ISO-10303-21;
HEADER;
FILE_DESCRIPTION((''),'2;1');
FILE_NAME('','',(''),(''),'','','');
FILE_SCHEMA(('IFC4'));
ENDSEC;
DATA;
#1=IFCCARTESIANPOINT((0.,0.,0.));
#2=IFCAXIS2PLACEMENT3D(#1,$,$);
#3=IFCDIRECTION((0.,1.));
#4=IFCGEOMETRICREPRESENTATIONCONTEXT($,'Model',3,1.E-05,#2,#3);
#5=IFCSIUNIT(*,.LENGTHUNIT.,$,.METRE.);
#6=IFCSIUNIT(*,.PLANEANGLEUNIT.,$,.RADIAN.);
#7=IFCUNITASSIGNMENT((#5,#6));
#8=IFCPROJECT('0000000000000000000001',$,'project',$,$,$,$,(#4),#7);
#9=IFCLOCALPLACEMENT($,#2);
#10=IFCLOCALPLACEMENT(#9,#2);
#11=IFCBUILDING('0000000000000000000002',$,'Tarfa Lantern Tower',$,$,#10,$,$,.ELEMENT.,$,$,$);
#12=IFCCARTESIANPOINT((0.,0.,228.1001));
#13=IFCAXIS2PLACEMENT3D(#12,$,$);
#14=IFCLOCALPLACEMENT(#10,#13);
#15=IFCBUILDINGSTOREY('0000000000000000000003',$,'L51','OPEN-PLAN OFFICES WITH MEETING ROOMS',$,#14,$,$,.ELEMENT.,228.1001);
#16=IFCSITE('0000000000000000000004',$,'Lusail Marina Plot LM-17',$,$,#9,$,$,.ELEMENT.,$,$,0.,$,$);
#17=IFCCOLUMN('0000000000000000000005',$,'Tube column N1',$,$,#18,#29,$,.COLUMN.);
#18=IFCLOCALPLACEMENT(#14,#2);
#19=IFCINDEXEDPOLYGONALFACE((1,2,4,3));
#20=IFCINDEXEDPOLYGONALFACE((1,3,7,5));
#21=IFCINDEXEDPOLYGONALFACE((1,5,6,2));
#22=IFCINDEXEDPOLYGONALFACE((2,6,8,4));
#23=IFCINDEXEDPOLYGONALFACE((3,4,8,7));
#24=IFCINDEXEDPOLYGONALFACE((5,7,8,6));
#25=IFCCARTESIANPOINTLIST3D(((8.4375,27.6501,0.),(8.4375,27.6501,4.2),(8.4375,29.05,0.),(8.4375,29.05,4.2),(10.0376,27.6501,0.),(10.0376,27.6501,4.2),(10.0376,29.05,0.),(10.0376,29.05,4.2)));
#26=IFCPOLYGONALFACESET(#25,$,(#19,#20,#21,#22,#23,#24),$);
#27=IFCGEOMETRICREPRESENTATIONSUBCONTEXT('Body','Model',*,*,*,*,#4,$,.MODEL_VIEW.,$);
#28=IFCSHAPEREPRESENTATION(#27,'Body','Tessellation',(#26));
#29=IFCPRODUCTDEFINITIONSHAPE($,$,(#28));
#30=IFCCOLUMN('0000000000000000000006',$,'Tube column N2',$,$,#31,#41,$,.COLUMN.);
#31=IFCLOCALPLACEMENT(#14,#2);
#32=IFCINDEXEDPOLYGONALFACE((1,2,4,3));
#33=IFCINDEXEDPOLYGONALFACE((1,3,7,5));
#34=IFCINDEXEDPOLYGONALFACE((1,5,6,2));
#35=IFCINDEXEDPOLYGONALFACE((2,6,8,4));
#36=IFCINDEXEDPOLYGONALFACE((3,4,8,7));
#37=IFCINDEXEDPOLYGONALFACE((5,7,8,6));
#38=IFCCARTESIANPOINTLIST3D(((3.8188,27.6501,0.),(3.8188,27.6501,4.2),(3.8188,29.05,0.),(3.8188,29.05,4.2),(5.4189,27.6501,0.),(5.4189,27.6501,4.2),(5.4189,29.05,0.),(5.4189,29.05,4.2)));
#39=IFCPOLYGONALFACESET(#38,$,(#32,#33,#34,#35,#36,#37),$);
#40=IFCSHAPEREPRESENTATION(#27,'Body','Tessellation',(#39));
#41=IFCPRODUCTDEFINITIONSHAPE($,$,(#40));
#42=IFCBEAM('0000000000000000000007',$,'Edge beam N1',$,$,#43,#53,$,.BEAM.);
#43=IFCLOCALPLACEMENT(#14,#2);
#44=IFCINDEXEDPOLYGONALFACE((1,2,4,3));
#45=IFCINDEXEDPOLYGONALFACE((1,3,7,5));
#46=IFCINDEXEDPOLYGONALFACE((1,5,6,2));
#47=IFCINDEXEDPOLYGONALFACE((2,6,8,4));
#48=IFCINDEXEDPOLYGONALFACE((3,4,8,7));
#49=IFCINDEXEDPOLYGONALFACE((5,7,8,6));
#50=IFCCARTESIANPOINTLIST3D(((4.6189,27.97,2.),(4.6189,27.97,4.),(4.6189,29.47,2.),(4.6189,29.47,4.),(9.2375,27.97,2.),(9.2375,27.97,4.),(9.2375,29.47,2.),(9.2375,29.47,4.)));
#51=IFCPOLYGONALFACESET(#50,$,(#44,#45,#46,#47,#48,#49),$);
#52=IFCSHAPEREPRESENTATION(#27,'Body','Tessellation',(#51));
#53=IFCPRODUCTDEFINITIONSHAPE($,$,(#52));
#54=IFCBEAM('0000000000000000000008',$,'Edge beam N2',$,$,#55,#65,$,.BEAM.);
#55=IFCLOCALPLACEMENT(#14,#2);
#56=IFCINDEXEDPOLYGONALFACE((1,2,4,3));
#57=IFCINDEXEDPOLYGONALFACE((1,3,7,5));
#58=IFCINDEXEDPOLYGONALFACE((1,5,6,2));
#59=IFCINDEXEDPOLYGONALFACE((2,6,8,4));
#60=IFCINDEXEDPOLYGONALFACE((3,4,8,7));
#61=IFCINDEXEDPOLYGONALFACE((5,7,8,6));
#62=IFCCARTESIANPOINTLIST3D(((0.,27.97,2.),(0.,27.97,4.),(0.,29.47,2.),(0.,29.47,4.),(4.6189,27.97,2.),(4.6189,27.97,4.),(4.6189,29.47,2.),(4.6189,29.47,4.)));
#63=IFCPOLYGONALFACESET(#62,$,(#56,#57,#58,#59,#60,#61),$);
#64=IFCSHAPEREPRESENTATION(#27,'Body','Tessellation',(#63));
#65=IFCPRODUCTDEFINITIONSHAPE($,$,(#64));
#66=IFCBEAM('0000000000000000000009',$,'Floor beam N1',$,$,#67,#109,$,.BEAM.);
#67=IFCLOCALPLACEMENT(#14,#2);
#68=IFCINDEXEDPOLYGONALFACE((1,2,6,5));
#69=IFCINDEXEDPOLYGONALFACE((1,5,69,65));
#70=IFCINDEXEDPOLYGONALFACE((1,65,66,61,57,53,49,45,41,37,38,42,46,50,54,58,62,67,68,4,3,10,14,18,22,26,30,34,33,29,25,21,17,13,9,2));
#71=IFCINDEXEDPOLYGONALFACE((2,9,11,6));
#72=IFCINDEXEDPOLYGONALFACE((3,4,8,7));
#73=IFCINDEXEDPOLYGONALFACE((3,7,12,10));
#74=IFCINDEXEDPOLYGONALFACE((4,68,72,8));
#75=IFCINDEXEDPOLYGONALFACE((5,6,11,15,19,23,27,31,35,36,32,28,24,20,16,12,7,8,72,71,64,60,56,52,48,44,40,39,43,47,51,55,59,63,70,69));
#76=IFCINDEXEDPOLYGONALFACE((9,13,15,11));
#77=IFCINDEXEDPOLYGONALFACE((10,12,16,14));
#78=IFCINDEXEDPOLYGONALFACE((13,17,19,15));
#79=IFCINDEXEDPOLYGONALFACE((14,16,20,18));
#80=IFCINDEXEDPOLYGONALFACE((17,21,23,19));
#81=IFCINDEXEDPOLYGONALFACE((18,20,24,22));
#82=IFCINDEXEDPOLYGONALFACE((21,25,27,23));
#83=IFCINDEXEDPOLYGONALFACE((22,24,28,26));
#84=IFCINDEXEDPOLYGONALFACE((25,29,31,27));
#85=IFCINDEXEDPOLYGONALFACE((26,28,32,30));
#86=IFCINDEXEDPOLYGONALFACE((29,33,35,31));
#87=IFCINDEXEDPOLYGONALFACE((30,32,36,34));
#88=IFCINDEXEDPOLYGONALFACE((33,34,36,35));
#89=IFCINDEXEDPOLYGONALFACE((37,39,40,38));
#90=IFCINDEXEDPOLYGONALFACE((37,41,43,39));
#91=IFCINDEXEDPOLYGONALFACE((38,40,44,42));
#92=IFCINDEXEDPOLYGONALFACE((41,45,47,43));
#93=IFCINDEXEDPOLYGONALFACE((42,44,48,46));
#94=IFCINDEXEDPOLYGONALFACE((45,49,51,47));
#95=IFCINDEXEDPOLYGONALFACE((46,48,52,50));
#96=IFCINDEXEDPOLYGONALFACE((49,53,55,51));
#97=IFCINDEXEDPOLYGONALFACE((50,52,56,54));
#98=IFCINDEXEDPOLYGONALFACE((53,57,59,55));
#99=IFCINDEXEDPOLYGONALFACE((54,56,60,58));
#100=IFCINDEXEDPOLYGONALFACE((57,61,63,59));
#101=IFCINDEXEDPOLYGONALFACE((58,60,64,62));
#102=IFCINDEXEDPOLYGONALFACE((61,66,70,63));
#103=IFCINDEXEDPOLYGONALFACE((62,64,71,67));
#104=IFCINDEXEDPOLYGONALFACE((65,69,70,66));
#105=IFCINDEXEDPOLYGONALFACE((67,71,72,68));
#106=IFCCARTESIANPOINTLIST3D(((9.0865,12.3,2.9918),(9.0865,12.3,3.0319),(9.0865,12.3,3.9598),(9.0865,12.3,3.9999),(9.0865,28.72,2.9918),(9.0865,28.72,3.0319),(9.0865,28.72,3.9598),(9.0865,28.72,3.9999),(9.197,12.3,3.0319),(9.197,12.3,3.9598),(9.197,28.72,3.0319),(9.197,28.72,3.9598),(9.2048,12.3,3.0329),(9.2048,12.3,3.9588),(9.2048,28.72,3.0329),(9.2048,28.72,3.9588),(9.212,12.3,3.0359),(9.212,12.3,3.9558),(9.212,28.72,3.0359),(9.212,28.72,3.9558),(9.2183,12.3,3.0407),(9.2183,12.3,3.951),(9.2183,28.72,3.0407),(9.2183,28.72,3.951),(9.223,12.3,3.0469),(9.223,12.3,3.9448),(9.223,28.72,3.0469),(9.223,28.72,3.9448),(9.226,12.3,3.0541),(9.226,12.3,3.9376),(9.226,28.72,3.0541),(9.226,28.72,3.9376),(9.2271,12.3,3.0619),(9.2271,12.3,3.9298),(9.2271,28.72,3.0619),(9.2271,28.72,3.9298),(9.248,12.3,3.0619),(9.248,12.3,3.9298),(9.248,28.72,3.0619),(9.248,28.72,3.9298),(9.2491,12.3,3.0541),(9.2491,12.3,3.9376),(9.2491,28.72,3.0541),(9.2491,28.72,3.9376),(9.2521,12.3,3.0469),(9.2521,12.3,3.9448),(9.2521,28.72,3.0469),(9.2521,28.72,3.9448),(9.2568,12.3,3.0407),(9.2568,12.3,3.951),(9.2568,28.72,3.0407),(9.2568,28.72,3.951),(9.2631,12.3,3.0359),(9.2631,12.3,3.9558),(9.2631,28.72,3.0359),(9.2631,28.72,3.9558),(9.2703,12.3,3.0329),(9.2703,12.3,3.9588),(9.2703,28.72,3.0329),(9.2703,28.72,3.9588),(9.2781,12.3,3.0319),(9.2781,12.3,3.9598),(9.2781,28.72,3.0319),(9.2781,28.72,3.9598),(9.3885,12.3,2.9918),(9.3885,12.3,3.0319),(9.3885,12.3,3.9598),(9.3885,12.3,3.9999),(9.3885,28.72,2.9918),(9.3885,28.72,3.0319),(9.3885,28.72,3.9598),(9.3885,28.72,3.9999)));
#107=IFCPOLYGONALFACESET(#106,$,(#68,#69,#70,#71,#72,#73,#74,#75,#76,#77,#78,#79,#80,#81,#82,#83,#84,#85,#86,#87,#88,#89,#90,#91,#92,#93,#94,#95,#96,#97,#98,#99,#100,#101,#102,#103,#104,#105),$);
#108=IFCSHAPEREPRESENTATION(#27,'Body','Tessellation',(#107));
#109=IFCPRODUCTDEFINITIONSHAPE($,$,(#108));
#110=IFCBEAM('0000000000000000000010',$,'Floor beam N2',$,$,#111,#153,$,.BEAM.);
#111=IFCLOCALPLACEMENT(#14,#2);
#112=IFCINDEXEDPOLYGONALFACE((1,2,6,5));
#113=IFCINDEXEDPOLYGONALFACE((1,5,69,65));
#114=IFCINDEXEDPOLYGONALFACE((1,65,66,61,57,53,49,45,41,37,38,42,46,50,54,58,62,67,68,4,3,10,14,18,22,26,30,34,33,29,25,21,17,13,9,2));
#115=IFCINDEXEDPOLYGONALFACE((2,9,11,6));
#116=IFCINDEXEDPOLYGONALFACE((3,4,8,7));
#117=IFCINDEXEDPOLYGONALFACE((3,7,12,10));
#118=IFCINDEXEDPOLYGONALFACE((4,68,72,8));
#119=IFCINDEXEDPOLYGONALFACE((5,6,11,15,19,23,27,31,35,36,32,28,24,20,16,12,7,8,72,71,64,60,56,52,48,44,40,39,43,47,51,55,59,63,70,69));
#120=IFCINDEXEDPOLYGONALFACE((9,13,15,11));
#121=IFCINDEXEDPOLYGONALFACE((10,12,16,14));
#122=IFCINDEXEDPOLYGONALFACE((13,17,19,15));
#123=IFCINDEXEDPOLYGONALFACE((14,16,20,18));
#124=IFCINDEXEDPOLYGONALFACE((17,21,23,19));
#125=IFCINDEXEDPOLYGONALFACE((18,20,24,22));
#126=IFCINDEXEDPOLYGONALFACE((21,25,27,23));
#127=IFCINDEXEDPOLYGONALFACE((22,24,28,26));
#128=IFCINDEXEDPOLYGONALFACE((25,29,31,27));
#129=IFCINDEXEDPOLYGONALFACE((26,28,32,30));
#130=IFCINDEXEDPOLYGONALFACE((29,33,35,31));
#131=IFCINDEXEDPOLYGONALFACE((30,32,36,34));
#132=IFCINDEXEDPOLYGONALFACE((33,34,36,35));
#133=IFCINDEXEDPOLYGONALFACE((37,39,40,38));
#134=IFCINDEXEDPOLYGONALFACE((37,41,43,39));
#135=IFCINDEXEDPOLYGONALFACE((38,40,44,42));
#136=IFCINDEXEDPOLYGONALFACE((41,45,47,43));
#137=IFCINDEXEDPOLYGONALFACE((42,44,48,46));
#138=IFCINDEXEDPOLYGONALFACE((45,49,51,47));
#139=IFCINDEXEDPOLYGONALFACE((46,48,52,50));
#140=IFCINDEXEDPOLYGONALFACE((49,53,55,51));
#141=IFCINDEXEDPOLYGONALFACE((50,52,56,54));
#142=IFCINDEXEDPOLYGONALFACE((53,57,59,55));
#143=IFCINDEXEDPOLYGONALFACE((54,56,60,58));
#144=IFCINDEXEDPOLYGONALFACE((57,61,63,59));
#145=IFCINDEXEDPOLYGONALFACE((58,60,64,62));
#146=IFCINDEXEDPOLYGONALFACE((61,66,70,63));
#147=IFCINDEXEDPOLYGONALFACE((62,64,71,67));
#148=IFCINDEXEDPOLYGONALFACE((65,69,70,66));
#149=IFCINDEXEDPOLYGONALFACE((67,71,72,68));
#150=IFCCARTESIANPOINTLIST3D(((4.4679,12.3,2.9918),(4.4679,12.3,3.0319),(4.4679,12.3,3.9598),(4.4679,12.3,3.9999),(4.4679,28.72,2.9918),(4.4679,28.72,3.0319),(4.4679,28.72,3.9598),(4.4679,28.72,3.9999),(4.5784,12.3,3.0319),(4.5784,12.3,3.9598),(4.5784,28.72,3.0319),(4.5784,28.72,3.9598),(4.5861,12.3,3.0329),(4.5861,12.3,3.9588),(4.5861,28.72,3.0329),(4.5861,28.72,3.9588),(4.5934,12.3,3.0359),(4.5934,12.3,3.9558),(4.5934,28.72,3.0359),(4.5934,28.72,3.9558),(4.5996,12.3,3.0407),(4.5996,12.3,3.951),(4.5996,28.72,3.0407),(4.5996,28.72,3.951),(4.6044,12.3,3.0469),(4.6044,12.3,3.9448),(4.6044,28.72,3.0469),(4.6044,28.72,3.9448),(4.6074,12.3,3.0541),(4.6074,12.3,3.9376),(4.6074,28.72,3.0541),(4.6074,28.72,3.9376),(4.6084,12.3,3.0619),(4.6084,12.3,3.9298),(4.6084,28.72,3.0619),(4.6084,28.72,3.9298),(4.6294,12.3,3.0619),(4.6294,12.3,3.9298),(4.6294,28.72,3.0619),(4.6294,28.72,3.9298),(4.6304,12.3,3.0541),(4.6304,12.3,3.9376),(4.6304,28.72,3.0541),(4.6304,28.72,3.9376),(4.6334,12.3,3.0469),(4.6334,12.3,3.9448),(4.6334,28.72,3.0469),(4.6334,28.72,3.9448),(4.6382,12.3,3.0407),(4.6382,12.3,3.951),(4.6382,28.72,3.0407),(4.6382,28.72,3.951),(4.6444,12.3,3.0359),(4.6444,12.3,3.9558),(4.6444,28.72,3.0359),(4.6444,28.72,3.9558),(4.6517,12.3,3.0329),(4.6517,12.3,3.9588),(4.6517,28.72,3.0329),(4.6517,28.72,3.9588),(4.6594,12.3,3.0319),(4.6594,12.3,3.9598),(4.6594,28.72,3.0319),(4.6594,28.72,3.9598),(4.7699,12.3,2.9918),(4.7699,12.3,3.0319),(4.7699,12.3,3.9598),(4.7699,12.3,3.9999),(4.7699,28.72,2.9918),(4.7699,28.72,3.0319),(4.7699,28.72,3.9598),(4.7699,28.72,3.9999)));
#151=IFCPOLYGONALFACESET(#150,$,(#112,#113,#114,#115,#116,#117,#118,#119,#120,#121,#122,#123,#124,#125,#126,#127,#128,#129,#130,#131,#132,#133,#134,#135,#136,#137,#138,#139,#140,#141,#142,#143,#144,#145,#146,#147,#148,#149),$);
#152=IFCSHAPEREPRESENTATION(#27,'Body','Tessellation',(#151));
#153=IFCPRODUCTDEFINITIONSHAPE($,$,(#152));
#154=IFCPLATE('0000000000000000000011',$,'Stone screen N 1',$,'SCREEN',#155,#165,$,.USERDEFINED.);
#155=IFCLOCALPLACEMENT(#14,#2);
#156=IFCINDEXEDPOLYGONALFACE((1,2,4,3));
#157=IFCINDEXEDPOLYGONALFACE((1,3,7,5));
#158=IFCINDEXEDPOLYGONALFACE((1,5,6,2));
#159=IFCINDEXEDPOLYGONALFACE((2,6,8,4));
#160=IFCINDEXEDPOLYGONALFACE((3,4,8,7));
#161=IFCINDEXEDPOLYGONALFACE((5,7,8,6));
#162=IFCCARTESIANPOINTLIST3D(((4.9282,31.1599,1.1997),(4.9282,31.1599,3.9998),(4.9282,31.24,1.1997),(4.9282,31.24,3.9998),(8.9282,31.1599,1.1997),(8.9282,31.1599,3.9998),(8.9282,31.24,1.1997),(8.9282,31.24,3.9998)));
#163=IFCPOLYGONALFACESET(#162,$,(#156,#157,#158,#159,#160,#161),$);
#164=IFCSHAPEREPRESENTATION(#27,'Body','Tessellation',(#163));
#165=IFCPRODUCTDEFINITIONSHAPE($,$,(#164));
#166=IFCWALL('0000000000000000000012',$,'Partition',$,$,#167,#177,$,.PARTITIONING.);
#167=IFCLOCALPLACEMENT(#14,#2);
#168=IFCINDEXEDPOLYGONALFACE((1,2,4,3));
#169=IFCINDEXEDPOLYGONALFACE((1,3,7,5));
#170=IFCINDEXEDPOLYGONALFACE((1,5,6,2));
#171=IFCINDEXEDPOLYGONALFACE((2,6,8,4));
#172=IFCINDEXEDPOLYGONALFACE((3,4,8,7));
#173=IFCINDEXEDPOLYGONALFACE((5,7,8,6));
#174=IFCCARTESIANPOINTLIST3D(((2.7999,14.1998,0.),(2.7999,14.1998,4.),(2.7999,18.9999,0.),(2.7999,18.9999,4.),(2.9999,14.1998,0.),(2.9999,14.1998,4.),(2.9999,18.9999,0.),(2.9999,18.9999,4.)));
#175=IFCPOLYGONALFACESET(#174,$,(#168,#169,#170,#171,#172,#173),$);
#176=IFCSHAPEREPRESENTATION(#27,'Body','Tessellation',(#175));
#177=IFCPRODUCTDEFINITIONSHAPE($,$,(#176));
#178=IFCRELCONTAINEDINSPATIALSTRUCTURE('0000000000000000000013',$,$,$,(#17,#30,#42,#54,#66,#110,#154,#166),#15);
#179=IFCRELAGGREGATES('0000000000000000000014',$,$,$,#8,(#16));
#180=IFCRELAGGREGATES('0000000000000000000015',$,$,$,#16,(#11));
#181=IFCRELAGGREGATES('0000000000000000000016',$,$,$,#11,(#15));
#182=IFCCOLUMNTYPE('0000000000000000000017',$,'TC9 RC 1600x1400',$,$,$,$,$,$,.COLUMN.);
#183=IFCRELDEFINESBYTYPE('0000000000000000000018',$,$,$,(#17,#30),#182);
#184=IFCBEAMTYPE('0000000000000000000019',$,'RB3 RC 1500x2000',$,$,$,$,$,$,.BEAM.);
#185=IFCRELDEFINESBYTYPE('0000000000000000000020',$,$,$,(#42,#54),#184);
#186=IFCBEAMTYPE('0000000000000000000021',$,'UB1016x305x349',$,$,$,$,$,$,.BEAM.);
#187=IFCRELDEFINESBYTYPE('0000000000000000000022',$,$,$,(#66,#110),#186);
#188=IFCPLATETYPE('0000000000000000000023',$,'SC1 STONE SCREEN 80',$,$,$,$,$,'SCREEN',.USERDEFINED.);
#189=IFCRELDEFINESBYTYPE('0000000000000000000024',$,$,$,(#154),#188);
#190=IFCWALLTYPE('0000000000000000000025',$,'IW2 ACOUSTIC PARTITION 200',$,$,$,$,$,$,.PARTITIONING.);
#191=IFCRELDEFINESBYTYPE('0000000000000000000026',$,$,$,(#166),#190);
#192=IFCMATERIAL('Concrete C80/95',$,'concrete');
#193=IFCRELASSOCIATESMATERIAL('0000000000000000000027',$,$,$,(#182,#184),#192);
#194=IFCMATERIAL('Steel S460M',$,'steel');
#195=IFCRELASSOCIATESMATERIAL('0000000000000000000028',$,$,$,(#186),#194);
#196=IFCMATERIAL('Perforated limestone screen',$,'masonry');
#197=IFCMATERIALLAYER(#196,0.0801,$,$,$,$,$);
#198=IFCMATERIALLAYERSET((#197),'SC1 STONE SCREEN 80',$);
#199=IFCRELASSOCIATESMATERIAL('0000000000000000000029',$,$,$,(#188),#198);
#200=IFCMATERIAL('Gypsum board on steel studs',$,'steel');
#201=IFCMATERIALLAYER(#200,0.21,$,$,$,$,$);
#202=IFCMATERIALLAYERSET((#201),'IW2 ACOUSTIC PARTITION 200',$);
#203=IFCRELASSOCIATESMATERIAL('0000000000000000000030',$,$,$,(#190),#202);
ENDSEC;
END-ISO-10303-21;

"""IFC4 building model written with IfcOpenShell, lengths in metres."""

from ifc_helpers import new_model, si_unit, direction, frame, frame_2d, origin, origin_2d, place, context, subcontext, project, spatial, rectangle, i_section, extrude, material, layer, layer_set, material_profile, profile_set, type_object, element, save


model = new_model("IFC4")

# Units and contexts
model_context = context("Model", 3, precision=1e-05, world=origin(), true_north=direction((0.0, 1.0)))
body_context = subcontext(model_context, "Body", "Model", "MODEL_VIEW")
ifc_project = project(units=[si_unit("LENGTHUNIT", "METRE"), si_unit("PLANEANGLEUNIT", "RADIAN")], contexts=[model_context])

# Site, building, storey
site_placement = place(None, origin())
site = spatial("IfcSite", under=ifc_project, at=site_placement, Name="Lusail Marina Plot LM-17", CompositionType="ELEMENT", RefElevation=0.0)
building_placement = place(site_placement, origin())
building = spatial("IfcBuilding", under=site, at=building_placement, Name="Tarfa Lantern Tower", CompositionType="ELEMENT")
storey_placement = place(building_placement, frame((0.0, 0.0, 228.1001)))
storey = spatial("IfcBuildingStorey", under=building, at=storey_placement, Name="L51", Description="OPEN-PLAN OFFICES WITH MEETING ROOMS", CompositionType="ELEMENT", Elevation=228.1001)

# Columns
ifc_material_1 = material(Name="Concrete C80/95", Category="concrete")
ifc_material_profile_1 = material_profile(ifc_material_1, rectangle(XDim=1.6001, YDim=1.3999, at=origin_2d()), Name="RC 1600x1400")
ifc_profile_set_1 = profile_set([ifc_material_profile_1], Name="Concrete C80/95")
column_type = type_object("IfcColumnType", Name="TC9 RC 1600x1400", PredefinedType="COLUMN", material=ifc_profile_set_1)
for number, where, z_axis, x_axis, name in (
    (1, (9.2375, 28.3501, 0.0), (0.0, 0.0, 1.0), (-1.0, 0.0, 0.0), "Tube column N1"),
    (2, (4.6189, 28.3501, 0.0), (0.0, 0.0, 1.0), (-1.0, 0.0, 0.0), "Tube column N2"),
):
    element("IfcColumn", number, at=place(storey_placement, frame(where, z_axis=z_axis, x_axis=x_axis)), inside=storey, type_object=column_type, Name=name, PredefinedType="COLUMN", context=body_context, shape_type="SweptSolid", body=[
        extrude(rectangle(XDim=1.6001, YDim=1.3999, at=origin_2d()), origin(), (0.0, 0.0, 1.0), 4.2),
    ])

# Beams
ifc_material_profile_2 = material_profile(ifc_material_1, rectangle(XDim=1.5, YDim=2.0, at=origin_2d()), Name="RC 1500x2000")
ifc_profile_set_2 = profile_set([ifc_material_profile_2], Name="Concrete C80/95")
beam_type_1 = type_object("IfcBeamType", Name="RB3 RC 1500x2000", PredefinedType="BEAM", material=ifc_profile_set_2)
beam_1_placement = place(storey_placement, frame((9.2375, 28.72, 3.0), z_axis=(-1.0, 0.0, 0.0), x_axis=(0.0, -1.0, 0.0)))
element("IfcBeam", 3, at=beam_1_placement, inside=storey, type_object=beam_type_1, Name="Edge beam N1", PredefinedType="BEAM", context=body_context, shape_type="SweptSolid", body=[
    extrude(rectangle(XDim=1.5, YDim=2.0, at=origin_2d()), origin(), (0.0, 0.0, 1.0), 4.6187),
])
beam_2_placement = place(storey_placement, frame((4.6189, 28.72, 3.0), z_axis=(-1.0, 0.0, 0.0), x_axis=(0.0, -1.0, 0.0)))
element("IfcBeam", 4, at=beam_2_placement, inside=storey, type_object=beam_type_1, Name="Edge beam N2", PredefinedType="BEAM", context=body_context, shape_type="SweptSolid", body=[
    extrude(rectangle(XDim=1.5, YDim=2.0, at=origin_2d()), origin(), (0.0, 0.0, 1.0), 4.6189),
])
ifc_material_2 = material(Name="Steel S460M", Category="steel")
ifc_material_profile_3 = material_profile(ifc_material_2, i_section(OverallWidth=0.302, OverallDepth=1.0081, WebThickness=0.021, FlangeThickness=0.04, FilletRadius=0.03, at=origin_2d()), Name="UB1016x305x349")
ifc_profile_set_3 = profile_set([ifc_material_profile_3], Name="Steel S460M")
beam_type_2 = type_object("IfcBeamType", Name="UB1016x305x349", PredefinedType="BEAM", material=ifc_profile_set_3)
for number, where, z_axis, x_axis, name in (
    (5, (9.2375, 28.72, 3.4958), (0.0, -1.0, 0.0), (1.0, 0.0, 0.0), "Floor beam N1"),
    (6, (4.6189, 28.72, 3.4958), (0.0, -1.0, 0.0), (1.0, 0.0, 0.0), "Floor beam N2"),
):
    element("IfcBeam", number, at=place(storey_placement, frame(where, z_axis=z_axis, x_axis=x_axis)), inside=storey, type_object=beam_type_2, Name=name, PredefinedType="BEAM", context=body_context, shape_type="SweptSolid", body=[
        extrude(i_section(OverallWidth=0.302, OverallDepth=1.0081, WebThickness=0.021, FlangeThickness=0.04, FilletRadius=0.03, at=origin_2d()), origin(), (0.0, 0.0, 1.0), 16.4199),
    ])

# Plate
ifc_material_3 = material(Name="Perforated limestone screen", Category="masonry")
ifc_layer_1 = layer(ifc_material_3, 0.0801)
ifc_layer_set_1 = layer_set([ifc_layer_1], Name="SC1 STONE SCREEN 80")
plate_type = type_object("IfcPlateType", Name="SC1 STONE SCREEN 80", ElementType="SCREEN", PredefinedType="USERDEFINED", material=ifc_layer_set_1)
plate_placement = place(storey_placement, frame((6.9282, 31.2, 1.1997), z_axis=(0.0, 0.0, 1.0), x_axis=(-1.0, 0.0, 0.0)))
element("IfcPlate", 7, at=plate_placement, inside=storey, type_object=plate_type, Name="Stone screen N 1", ObjectType="SCREEN", PredefinedType="USERDEFINED", context=body_context, shape_type="SweptSolid", body=[
    extrude(rectangle(XDim=4.0, YDim=0.0801, at=origin_2d()), origin(), (0.0, 0.0, 1.0), 2.8),
])

# Wall
ifc_material_4 = material(Name="Gypsum board on steel studs", Category="steel")
ifc_layer_2 = layer(ifc_material_4, 0.21)
ifc_layer_set_2 = layer_set([ifc_layer_2], Name="IW2 ACOUSTIC PARTITION 200")
wall_type = type_object("IfcWallType", Name="IW2 ACOUSTIC PARTITION 200", PredefinedType="PARTITIONING", material=ifc_layer_set_2)
wall_1_placement = place(storey_placement, frame((2.8999, 14.2, 0.0), z_axis=(0.0, 0.0, 1.0), x_axis=(0.0, 1.0, 0.0)))
element("IfcWall", 8, at=wall_1_placement, inside=storey, type_object=wall_type, Name="Partition", PredefinedType="PARTITIONING", context=body_context, shape_type="SweptSolid", body=[
    extrude(rectangle(XDim=4.8, YDim=0.2, at=frame_2d((2.3999, 0.0))), origin(), (0.0, 0.0, 1.0), 4.0),
])

save(model, "model.ifc")
